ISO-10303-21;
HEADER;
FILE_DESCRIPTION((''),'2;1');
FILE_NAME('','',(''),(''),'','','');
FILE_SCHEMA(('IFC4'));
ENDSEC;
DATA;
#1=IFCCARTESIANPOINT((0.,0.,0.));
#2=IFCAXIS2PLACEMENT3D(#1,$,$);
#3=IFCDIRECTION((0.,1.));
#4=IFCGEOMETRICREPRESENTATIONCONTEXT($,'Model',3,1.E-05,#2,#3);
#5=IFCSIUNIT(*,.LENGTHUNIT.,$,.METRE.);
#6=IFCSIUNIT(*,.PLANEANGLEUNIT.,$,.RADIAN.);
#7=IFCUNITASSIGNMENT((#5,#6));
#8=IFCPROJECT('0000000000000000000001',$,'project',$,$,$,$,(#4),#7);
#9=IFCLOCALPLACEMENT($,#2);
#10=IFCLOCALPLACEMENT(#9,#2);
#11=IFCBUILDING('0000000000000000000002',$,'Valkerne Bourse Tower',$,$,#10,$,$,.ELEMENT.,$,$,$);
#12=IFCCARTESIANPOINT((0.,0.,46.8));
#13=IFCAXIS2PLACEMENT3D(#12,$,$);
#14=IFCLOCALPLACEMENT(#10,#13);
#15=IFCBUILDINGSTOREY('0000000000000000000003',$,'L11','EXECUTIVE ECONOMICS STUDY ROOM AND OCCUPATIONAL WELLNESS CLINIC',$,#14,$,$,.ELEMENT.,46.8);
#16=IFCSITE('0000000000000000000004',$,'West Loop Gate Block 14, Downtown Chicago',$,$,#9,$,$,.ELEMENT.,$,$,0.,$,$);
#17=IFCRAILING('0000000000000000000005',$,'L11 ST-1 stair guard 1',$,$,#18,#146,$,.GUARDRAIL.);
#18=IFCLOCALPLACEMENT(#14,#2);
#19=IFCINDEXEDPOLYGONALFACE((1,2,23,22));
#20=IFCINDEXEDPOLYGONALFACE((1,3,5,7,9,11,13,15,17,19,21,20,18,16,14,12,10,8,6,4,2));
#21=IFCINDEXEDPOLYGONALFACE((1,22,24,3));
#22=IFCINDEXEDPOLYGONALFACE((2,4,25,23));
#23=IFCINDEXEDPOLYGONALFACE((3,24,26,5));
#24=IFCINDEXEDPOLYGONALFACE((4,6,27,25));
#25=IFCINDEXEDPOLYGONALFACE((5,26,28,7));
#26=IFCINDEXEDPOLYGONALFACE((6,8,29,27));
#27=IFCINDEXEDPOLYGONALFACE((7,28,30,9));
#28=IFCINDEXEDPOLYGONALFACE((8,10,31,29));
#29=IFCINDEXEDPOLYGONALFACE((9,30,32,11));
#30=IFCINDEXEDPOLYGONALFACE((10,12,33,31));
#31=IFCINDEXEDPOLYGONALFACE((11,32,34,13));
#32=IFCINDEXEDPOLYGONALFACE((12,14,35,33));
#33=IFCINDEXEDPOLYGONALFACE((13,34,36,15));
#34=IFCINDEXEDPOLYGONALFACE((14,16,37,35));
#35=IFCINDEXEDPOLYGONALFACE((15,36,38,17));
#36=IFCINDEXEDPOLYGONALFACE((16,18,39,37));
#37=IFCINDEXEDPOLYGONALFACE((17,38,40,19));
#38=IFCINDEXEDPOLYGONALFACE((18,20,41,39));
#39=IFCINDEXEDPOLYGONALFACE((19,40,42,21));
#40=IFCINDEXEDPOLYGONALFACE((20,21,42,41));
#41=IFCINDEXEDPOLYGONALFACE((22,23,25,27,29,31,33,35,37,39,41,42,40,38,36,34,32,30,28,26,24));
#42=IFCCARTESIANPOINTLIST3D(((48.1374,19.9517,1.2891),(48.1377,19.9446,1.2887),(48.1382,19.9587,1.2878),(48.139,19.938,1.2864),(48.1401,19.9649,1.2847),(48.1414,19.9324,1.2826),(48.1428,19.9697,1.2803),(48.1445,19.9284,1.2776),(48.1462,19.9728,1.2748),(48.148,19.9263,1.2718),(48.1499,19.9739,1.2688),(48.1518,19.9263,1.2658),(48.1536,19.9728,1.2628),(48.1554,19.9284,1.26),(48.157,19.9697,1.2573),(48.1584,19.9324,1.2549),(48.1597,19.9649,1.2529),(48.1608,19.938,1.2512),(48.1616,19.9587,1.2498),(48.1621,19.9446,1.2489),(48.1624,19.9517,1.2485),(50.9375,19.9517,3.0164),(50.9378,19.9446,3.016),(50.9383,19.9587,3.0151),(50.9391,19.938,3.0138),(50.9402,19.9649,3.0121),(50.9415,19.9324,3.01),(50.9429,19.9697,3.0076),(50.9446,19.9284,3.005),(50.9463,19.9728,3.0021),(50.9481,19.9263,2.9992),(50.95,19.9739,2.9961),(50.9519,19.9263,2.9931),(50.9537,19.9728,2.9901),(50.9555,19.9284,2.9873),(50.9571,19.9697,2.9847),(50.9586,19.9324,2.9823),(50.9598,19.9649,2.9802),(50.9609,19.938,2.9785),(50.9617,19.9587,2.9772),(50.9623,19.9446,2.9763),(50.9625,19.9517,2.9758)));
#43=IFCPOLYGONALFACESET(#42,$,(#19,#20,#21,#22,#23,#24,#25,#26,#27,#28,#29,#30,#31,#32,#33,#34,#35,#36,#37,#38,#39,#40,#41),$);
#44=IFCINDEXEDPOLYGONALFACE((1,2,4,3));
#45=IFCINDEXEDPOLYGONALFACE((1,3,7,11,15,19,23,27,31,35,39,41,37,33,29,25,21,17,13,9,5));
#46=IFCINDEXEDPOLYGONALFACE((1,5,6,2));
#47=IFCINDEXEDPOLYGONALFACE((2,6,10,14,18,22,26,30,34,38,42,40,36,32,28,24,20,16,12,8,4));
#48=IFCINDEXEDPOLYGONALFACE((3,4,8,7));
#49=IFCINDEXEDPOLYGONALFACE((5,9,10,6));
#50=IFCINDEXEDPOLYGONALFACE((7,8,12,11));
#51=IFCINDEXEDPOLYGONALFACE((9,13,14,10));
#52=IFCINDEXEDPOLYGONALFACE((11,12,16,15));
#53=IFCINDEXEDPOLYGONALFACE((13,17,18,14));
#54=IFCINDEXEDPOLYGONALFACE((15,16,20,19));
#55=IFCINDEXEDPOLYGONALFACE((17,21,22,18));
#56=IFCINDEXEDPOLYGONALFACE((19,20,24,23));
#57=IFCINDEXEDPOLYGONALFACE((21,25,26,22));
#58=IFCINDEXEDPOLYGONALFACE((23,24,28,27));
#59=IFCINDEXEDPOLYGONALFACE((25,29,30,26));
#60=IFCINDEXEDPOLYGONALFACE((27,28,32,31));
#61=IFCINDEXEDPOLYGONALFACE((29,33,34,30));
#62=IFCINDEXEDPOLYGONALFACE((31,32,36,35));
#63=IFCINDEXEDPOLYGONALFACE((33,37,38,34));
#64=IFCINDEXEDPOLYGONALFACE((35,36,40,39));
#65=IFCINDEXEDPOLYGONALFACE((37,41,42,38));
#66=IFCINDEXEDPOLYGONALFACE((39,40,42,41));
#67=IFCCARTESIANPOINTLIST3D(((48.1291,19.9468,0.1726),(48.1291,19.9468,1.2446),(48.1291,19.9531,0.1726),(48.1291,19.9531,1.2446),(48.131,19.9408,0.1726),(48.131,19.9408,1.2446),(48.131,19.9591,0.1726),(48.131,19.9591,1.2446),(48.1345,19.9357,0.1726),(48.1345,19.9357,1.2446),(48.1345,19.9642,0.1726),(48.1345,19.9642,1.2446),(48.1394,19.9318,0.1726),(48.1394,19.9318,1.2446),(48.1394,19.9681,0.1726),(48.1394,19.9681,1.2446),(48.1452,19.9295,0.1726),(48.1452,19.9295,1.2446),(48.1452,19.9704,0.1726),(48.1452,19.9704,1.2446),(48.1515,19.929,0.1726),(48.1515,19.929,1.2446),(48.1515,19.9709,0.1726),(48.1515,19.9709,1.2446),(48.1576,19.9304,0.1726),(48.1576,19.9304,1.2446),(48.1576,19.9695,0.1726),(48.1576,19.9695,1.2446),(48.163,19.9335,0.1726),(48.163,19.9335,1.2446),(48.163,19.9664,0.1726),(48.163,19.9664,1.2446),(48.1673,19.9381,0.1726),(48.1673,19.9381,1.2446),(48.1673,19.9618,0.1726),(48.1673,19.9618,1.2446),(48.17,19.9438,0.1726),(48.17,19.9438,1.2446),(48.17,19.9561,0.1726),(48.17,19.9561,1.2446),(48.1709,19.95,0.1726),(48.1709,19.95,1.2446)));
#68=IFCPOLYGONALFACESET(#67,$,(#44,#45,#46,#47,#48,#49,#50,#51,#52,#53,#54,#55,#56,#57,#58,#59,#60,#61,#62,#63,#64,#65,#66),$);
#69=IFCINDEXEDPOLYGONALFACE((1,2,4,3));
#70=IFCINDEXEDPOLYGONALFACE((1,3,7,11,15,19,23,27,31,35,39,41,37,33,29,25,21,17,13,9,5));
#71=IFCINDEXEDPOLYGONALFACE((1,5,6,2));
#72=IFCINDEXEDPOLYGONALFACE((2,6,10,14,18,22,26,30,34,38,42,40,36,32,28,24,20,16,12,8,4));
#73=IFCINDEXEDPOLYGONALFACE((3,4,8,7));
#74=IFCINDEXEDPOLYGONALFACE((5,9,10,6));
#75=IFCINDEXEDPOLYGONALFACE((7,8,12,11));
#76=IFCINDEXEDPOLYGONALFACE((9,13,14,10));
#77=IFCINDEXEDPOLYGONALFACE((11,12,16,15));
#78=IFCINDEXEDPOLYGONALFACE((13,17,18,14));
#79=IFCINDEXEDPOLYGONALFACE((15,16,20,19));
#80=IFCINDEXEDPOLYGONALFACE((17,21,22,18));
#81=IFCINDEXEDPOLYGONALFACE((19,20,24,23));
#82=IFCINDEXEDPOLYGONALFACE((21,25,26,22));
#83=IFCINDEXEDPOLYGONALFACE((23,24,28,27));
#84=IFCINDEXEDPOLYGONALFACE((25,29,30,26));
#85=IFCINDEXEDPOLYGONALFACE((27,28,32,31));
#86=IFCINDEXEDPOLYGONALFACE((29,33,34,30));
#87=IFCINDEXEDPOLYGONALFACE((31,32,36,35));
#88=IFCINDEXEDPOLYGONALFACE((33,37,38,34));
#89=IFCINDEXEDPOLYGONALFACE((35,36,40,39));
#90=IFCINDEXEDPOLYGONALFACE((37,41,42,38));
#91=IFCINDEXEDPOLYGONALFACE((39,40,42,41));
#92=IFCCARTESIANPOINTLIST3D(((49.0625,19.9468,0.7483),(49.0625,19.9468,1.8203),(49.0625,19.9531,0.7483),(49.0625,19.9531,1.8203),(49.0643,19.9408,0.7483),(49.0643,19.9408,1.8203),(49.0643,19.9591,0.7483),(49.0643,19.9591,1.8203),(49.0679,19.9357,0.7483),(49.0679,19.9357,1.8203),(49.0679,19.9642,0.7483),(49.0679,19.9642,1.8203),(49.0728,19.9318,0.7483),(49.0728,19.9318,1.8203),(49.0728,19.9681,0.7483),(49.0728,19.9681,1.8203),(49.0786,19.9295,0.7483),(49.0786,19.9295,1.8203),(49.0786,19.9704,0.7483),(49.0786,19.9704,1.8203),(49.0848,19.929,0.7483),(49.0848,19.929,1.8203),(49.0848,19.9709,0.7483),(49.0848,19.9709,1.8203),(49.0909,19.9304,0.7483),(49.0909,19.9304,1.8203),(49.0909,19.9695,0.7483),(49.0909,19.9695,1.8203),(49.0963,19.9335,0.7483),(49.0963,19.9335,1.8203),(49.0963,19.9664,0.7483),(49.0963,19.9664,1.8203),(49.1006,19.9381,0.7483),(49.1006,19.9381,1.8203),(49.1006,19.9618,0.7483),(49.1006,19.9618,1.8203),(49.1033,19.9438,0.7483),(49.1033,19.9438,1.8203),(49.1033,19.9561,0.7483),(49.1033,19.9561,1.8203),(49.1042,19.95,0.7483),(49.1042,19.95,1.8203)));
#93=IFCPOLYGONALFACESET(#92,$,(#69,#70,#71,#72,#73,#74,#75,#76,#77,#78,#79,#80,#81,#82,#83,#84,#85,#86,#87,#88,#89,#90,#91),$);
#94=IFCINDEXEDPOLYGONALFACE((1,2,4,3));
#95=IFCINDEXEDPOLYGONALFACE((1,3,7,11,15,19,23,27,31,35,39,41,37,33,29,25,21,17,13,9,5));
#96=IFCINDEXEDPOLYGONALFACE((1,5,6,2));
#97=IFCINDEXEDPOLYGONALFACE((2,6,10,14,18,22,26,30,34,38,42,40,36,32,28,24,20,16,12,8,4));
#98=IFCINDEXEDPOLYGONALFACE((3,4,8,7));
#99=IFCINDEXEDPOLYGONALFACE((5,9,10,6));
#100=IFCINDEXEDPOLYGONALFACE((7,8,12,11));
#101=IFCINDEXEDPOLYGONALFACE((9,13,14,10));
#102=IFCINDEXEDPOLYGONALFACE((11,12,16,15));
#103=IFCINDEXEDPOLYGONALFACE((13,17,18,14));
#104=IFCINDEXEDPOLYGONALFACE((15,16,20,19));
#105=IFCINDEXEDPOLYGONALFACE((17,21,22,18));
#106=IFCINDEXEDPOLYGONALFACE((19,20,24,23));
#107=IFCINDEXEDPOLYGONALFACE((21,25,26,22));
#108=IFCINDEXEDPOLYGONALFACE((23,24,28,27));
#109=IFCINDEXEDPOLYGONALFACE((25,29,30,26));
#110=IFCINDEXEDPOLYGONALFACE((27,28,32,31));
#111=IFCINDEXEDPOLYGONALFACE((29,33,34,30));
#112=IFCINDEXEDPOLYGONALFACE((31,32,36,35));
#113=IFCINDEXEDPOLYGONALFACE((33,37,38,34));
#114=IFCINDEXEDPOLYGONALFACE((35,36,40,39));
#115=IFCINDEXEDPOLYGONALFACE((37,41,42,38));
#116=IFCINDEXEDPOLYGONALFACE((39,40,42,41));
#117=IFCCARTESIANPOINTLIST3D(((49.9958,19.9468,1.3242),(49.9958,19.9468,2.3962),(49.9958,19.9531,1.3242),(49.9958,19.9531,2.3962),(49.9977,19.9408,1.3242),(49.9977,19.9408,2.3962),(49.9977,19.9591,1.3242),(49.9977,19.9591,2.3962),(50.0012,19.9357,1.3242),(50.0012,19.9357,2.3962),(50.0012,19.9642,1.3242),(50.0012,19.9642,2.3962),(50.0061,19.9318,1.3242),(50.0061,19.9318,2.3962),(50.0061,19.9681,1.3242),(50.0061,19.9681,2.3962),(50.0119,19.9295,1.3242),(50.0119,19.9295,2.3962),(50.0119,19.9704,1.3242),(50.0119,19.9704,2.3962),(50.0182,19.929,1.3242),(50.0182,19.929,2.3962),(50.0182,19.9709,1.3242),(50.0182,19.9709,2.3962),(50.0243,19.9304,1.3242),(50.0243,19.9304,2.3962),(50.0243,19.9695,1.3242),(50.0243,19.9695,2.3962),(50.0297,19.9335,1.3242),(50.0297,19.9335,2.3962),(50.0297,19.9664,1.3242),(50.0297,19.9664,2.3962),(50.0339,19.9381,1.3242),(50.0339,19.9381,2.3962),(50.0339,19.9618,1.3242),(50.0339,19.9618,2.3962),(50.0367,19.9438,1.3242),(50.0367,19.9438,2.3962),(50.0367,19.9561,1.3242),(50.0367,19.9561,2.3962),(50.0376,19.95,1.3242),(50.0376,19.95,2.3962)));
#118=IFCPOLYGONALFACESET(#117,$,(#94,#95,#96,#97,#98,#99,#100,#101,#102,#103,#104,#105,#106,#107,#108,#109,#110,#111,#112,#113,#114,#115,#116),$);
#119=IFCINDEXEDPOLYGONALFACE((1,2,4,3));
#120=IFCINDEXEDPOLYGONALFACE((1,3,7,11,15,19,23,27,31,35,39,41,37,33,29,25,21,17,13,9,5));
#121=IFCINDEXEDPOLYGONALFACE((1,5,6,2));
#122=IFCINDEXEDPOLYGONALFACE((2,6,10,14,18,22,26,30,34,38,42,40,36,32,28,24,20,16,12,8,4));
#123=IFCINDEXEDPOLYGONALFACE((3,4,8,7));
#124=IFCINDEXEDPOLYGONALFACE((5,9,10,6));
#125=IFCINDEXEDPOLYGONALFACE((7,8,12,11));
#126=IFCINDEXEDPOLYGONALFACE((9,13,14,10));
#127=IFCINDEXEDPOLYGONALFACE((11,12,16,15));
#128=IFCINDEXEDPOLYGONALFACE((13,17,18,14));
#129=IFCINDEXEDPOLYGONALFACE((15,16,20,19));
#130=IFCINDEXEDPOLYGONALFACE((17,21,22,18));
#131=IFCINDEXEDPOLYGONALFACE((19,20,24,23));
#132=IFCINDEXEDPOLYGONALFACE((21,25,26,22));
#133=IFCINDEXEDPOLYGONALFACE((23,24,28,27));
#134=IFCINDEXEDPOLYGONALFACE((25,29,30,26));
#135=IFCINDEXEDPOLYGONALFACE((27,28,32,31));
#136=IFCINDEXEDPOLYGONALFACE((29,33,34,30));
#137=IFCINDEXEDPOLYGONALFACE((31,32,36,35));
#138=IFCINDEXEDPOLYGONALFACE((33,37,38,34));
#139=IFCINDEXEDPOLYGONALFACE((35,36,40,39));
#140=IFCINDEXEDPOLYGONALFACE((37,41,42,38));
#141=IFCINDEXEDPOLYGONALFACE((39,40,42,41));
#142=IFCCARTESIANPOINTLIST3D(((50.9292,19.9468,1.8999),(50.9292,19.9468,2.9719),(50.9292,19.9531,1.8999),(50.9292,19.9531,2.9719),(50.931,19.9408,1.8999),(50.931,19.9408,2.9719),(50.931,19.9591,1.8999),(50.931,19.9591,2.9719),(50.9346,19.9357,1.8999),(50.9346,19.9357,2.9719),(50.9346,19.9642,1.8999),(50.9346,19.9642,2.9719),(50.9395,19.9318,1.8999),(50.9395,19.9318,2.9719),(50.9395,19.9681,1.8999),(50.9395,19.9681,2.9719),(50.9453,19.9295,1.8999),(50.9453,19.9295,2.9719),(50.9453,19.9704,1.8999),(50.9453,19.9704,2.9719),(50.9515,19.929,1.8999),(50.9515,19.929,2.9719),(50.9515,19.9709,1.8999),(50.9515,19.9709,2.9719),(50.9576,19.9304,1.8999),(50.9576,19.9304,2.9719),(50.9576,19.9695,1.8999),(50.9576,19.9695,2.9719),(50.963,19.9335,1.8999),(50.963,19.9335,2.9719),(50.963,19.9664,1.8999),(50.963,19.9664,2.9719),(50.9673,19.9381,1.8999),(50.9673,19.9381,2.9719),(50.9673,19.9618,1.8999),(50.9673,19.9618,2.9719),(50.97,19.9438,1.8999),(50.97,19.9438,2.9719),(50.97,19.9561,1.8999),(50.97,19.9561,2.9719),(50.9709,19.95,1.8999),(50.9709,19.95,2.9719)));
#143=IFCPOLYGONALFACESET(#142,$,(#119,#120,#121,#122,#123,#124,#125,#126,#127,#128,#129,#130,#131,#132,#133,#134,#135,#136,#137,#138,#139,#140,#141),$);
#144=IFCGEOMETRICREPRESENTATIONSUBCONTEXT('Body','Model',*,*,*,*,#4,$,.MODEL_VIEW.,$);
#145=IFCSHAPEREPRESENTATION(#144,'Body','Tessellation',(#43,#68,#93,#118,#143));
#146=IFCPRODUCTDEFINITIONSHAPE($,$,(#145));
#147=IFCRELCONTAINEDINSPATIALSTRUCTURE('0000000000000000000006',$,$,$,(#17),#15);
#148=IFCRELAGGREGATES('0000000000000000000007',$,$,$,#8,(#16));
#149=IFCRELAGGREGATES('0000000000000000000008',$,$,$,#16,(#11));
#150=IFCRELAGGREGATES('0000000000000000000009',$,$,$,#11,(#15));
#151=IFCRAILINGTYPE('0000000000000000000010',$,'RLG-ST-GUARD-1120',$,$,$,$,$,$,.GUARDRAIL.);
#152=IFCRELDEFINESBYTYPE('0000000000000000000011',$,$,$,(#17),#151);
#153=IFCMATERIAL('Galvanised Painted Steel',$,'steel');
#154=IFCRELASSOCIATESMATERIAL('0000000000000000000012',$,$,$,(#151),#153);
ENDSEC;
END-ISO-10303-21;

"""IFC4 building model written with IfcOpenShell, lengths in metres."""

from ifc_helpers import new_model, si_unit, direction, frame, origin, origin_2d, place, context, subcontext, project, spatial, circle, extrude, material, type_object, element, save


model = new_model("IFC4")

# Units and contexts
model_context = context("Model", 3, precision=1e-05, world=origin(), true_north=direction((0.0, 1.0)))
body_context = subcontext(model_context, "Body", "Model", "MODEL_VIEW")
ifc_project = project(units=[si_unit("LENGTHUNIT", "METRE"), si_unit("PLANEANGLEUNIT", "RADIAN")], contexts=[model_context])

# Site, building, storey
site_placement = place(None, origin())
site = spatial("IfcSite", under=ifc_project, at=site_placement, Name="West Loop Gate Block 14, Downtown Chicago", CompositionType="ELEMENT", RefElevation=0.0)
building_placement = place(site_placement, origin())
building = spatial("IfcBuilding", under=site, at=building_placement, Name="Valkerne Bourse Tower", CompositionType="ELEMENT")
storey_placement = place(building_placement, frame((0.0, 0.0, 46.8)))
storey = spatial("IfcBuildingStorey", under=building, at=storey_placement, Name="L11", Description="EXECUTIVE ECONOMICS STUDY ROOM AND OCCUPATIONAL WELLNESS CLINIC", CompositionType="ELEMENT", Elevation=46.8)

# Shared definitions
ifc_material_1 = material(Name="Galvanised Painted Steel", Category="steel")

# Railing
railing_type_1 = type_object("IfcRailingType", Name="RLG-ST-GUARD-1120", PredefinedType="GUARDRAIL", material=ifc_material_1)
railing_1_placement = place(storey_placement, frame((48.1499, 19.95, 0.1726)))
element("IfcRailing", 1, at=railing_1_placement, inside=storey, type_object=railing_type_1, Name="L11 ST-1 stair guard 1", PredefinedType="GUARDRAIL", context=body_context, shape_type="SweptSolid", body=[
    extrude(circle(Radius=0.0239, at=origin_2d()), frame((0.0, 0.0, 1.0962), z_axis=(0.85109, 0.0, 0.52502), x_axis=(0.0, 1.0, 0.0)), (0.0, 0.0, 1.0), 3.29),
    extrude(circle(Radius=0.021, at=origin_2d()), origin(), (0.0, 0.0, 1.0), 1.072),
    extrude(circle(Radius=0.021, at=origin_2d()), frame((0.9333, 0.0, 0.5757)), (0.0, 0.0, 1.0), 1.072),
    extrude(circle(Radius=0.021, at=origin_2d()), frame((1.8667, 0.0, 1.1516)), (0.0, 0.0, 1.0), 1.072),
    extrude(circle(Radius=0.021, at=origin_2d()), frame((2.8, 0.0, 1.7273)), (0.0, 0.0, 1.0), 1.072),
])

save(model, "model.ifc")
